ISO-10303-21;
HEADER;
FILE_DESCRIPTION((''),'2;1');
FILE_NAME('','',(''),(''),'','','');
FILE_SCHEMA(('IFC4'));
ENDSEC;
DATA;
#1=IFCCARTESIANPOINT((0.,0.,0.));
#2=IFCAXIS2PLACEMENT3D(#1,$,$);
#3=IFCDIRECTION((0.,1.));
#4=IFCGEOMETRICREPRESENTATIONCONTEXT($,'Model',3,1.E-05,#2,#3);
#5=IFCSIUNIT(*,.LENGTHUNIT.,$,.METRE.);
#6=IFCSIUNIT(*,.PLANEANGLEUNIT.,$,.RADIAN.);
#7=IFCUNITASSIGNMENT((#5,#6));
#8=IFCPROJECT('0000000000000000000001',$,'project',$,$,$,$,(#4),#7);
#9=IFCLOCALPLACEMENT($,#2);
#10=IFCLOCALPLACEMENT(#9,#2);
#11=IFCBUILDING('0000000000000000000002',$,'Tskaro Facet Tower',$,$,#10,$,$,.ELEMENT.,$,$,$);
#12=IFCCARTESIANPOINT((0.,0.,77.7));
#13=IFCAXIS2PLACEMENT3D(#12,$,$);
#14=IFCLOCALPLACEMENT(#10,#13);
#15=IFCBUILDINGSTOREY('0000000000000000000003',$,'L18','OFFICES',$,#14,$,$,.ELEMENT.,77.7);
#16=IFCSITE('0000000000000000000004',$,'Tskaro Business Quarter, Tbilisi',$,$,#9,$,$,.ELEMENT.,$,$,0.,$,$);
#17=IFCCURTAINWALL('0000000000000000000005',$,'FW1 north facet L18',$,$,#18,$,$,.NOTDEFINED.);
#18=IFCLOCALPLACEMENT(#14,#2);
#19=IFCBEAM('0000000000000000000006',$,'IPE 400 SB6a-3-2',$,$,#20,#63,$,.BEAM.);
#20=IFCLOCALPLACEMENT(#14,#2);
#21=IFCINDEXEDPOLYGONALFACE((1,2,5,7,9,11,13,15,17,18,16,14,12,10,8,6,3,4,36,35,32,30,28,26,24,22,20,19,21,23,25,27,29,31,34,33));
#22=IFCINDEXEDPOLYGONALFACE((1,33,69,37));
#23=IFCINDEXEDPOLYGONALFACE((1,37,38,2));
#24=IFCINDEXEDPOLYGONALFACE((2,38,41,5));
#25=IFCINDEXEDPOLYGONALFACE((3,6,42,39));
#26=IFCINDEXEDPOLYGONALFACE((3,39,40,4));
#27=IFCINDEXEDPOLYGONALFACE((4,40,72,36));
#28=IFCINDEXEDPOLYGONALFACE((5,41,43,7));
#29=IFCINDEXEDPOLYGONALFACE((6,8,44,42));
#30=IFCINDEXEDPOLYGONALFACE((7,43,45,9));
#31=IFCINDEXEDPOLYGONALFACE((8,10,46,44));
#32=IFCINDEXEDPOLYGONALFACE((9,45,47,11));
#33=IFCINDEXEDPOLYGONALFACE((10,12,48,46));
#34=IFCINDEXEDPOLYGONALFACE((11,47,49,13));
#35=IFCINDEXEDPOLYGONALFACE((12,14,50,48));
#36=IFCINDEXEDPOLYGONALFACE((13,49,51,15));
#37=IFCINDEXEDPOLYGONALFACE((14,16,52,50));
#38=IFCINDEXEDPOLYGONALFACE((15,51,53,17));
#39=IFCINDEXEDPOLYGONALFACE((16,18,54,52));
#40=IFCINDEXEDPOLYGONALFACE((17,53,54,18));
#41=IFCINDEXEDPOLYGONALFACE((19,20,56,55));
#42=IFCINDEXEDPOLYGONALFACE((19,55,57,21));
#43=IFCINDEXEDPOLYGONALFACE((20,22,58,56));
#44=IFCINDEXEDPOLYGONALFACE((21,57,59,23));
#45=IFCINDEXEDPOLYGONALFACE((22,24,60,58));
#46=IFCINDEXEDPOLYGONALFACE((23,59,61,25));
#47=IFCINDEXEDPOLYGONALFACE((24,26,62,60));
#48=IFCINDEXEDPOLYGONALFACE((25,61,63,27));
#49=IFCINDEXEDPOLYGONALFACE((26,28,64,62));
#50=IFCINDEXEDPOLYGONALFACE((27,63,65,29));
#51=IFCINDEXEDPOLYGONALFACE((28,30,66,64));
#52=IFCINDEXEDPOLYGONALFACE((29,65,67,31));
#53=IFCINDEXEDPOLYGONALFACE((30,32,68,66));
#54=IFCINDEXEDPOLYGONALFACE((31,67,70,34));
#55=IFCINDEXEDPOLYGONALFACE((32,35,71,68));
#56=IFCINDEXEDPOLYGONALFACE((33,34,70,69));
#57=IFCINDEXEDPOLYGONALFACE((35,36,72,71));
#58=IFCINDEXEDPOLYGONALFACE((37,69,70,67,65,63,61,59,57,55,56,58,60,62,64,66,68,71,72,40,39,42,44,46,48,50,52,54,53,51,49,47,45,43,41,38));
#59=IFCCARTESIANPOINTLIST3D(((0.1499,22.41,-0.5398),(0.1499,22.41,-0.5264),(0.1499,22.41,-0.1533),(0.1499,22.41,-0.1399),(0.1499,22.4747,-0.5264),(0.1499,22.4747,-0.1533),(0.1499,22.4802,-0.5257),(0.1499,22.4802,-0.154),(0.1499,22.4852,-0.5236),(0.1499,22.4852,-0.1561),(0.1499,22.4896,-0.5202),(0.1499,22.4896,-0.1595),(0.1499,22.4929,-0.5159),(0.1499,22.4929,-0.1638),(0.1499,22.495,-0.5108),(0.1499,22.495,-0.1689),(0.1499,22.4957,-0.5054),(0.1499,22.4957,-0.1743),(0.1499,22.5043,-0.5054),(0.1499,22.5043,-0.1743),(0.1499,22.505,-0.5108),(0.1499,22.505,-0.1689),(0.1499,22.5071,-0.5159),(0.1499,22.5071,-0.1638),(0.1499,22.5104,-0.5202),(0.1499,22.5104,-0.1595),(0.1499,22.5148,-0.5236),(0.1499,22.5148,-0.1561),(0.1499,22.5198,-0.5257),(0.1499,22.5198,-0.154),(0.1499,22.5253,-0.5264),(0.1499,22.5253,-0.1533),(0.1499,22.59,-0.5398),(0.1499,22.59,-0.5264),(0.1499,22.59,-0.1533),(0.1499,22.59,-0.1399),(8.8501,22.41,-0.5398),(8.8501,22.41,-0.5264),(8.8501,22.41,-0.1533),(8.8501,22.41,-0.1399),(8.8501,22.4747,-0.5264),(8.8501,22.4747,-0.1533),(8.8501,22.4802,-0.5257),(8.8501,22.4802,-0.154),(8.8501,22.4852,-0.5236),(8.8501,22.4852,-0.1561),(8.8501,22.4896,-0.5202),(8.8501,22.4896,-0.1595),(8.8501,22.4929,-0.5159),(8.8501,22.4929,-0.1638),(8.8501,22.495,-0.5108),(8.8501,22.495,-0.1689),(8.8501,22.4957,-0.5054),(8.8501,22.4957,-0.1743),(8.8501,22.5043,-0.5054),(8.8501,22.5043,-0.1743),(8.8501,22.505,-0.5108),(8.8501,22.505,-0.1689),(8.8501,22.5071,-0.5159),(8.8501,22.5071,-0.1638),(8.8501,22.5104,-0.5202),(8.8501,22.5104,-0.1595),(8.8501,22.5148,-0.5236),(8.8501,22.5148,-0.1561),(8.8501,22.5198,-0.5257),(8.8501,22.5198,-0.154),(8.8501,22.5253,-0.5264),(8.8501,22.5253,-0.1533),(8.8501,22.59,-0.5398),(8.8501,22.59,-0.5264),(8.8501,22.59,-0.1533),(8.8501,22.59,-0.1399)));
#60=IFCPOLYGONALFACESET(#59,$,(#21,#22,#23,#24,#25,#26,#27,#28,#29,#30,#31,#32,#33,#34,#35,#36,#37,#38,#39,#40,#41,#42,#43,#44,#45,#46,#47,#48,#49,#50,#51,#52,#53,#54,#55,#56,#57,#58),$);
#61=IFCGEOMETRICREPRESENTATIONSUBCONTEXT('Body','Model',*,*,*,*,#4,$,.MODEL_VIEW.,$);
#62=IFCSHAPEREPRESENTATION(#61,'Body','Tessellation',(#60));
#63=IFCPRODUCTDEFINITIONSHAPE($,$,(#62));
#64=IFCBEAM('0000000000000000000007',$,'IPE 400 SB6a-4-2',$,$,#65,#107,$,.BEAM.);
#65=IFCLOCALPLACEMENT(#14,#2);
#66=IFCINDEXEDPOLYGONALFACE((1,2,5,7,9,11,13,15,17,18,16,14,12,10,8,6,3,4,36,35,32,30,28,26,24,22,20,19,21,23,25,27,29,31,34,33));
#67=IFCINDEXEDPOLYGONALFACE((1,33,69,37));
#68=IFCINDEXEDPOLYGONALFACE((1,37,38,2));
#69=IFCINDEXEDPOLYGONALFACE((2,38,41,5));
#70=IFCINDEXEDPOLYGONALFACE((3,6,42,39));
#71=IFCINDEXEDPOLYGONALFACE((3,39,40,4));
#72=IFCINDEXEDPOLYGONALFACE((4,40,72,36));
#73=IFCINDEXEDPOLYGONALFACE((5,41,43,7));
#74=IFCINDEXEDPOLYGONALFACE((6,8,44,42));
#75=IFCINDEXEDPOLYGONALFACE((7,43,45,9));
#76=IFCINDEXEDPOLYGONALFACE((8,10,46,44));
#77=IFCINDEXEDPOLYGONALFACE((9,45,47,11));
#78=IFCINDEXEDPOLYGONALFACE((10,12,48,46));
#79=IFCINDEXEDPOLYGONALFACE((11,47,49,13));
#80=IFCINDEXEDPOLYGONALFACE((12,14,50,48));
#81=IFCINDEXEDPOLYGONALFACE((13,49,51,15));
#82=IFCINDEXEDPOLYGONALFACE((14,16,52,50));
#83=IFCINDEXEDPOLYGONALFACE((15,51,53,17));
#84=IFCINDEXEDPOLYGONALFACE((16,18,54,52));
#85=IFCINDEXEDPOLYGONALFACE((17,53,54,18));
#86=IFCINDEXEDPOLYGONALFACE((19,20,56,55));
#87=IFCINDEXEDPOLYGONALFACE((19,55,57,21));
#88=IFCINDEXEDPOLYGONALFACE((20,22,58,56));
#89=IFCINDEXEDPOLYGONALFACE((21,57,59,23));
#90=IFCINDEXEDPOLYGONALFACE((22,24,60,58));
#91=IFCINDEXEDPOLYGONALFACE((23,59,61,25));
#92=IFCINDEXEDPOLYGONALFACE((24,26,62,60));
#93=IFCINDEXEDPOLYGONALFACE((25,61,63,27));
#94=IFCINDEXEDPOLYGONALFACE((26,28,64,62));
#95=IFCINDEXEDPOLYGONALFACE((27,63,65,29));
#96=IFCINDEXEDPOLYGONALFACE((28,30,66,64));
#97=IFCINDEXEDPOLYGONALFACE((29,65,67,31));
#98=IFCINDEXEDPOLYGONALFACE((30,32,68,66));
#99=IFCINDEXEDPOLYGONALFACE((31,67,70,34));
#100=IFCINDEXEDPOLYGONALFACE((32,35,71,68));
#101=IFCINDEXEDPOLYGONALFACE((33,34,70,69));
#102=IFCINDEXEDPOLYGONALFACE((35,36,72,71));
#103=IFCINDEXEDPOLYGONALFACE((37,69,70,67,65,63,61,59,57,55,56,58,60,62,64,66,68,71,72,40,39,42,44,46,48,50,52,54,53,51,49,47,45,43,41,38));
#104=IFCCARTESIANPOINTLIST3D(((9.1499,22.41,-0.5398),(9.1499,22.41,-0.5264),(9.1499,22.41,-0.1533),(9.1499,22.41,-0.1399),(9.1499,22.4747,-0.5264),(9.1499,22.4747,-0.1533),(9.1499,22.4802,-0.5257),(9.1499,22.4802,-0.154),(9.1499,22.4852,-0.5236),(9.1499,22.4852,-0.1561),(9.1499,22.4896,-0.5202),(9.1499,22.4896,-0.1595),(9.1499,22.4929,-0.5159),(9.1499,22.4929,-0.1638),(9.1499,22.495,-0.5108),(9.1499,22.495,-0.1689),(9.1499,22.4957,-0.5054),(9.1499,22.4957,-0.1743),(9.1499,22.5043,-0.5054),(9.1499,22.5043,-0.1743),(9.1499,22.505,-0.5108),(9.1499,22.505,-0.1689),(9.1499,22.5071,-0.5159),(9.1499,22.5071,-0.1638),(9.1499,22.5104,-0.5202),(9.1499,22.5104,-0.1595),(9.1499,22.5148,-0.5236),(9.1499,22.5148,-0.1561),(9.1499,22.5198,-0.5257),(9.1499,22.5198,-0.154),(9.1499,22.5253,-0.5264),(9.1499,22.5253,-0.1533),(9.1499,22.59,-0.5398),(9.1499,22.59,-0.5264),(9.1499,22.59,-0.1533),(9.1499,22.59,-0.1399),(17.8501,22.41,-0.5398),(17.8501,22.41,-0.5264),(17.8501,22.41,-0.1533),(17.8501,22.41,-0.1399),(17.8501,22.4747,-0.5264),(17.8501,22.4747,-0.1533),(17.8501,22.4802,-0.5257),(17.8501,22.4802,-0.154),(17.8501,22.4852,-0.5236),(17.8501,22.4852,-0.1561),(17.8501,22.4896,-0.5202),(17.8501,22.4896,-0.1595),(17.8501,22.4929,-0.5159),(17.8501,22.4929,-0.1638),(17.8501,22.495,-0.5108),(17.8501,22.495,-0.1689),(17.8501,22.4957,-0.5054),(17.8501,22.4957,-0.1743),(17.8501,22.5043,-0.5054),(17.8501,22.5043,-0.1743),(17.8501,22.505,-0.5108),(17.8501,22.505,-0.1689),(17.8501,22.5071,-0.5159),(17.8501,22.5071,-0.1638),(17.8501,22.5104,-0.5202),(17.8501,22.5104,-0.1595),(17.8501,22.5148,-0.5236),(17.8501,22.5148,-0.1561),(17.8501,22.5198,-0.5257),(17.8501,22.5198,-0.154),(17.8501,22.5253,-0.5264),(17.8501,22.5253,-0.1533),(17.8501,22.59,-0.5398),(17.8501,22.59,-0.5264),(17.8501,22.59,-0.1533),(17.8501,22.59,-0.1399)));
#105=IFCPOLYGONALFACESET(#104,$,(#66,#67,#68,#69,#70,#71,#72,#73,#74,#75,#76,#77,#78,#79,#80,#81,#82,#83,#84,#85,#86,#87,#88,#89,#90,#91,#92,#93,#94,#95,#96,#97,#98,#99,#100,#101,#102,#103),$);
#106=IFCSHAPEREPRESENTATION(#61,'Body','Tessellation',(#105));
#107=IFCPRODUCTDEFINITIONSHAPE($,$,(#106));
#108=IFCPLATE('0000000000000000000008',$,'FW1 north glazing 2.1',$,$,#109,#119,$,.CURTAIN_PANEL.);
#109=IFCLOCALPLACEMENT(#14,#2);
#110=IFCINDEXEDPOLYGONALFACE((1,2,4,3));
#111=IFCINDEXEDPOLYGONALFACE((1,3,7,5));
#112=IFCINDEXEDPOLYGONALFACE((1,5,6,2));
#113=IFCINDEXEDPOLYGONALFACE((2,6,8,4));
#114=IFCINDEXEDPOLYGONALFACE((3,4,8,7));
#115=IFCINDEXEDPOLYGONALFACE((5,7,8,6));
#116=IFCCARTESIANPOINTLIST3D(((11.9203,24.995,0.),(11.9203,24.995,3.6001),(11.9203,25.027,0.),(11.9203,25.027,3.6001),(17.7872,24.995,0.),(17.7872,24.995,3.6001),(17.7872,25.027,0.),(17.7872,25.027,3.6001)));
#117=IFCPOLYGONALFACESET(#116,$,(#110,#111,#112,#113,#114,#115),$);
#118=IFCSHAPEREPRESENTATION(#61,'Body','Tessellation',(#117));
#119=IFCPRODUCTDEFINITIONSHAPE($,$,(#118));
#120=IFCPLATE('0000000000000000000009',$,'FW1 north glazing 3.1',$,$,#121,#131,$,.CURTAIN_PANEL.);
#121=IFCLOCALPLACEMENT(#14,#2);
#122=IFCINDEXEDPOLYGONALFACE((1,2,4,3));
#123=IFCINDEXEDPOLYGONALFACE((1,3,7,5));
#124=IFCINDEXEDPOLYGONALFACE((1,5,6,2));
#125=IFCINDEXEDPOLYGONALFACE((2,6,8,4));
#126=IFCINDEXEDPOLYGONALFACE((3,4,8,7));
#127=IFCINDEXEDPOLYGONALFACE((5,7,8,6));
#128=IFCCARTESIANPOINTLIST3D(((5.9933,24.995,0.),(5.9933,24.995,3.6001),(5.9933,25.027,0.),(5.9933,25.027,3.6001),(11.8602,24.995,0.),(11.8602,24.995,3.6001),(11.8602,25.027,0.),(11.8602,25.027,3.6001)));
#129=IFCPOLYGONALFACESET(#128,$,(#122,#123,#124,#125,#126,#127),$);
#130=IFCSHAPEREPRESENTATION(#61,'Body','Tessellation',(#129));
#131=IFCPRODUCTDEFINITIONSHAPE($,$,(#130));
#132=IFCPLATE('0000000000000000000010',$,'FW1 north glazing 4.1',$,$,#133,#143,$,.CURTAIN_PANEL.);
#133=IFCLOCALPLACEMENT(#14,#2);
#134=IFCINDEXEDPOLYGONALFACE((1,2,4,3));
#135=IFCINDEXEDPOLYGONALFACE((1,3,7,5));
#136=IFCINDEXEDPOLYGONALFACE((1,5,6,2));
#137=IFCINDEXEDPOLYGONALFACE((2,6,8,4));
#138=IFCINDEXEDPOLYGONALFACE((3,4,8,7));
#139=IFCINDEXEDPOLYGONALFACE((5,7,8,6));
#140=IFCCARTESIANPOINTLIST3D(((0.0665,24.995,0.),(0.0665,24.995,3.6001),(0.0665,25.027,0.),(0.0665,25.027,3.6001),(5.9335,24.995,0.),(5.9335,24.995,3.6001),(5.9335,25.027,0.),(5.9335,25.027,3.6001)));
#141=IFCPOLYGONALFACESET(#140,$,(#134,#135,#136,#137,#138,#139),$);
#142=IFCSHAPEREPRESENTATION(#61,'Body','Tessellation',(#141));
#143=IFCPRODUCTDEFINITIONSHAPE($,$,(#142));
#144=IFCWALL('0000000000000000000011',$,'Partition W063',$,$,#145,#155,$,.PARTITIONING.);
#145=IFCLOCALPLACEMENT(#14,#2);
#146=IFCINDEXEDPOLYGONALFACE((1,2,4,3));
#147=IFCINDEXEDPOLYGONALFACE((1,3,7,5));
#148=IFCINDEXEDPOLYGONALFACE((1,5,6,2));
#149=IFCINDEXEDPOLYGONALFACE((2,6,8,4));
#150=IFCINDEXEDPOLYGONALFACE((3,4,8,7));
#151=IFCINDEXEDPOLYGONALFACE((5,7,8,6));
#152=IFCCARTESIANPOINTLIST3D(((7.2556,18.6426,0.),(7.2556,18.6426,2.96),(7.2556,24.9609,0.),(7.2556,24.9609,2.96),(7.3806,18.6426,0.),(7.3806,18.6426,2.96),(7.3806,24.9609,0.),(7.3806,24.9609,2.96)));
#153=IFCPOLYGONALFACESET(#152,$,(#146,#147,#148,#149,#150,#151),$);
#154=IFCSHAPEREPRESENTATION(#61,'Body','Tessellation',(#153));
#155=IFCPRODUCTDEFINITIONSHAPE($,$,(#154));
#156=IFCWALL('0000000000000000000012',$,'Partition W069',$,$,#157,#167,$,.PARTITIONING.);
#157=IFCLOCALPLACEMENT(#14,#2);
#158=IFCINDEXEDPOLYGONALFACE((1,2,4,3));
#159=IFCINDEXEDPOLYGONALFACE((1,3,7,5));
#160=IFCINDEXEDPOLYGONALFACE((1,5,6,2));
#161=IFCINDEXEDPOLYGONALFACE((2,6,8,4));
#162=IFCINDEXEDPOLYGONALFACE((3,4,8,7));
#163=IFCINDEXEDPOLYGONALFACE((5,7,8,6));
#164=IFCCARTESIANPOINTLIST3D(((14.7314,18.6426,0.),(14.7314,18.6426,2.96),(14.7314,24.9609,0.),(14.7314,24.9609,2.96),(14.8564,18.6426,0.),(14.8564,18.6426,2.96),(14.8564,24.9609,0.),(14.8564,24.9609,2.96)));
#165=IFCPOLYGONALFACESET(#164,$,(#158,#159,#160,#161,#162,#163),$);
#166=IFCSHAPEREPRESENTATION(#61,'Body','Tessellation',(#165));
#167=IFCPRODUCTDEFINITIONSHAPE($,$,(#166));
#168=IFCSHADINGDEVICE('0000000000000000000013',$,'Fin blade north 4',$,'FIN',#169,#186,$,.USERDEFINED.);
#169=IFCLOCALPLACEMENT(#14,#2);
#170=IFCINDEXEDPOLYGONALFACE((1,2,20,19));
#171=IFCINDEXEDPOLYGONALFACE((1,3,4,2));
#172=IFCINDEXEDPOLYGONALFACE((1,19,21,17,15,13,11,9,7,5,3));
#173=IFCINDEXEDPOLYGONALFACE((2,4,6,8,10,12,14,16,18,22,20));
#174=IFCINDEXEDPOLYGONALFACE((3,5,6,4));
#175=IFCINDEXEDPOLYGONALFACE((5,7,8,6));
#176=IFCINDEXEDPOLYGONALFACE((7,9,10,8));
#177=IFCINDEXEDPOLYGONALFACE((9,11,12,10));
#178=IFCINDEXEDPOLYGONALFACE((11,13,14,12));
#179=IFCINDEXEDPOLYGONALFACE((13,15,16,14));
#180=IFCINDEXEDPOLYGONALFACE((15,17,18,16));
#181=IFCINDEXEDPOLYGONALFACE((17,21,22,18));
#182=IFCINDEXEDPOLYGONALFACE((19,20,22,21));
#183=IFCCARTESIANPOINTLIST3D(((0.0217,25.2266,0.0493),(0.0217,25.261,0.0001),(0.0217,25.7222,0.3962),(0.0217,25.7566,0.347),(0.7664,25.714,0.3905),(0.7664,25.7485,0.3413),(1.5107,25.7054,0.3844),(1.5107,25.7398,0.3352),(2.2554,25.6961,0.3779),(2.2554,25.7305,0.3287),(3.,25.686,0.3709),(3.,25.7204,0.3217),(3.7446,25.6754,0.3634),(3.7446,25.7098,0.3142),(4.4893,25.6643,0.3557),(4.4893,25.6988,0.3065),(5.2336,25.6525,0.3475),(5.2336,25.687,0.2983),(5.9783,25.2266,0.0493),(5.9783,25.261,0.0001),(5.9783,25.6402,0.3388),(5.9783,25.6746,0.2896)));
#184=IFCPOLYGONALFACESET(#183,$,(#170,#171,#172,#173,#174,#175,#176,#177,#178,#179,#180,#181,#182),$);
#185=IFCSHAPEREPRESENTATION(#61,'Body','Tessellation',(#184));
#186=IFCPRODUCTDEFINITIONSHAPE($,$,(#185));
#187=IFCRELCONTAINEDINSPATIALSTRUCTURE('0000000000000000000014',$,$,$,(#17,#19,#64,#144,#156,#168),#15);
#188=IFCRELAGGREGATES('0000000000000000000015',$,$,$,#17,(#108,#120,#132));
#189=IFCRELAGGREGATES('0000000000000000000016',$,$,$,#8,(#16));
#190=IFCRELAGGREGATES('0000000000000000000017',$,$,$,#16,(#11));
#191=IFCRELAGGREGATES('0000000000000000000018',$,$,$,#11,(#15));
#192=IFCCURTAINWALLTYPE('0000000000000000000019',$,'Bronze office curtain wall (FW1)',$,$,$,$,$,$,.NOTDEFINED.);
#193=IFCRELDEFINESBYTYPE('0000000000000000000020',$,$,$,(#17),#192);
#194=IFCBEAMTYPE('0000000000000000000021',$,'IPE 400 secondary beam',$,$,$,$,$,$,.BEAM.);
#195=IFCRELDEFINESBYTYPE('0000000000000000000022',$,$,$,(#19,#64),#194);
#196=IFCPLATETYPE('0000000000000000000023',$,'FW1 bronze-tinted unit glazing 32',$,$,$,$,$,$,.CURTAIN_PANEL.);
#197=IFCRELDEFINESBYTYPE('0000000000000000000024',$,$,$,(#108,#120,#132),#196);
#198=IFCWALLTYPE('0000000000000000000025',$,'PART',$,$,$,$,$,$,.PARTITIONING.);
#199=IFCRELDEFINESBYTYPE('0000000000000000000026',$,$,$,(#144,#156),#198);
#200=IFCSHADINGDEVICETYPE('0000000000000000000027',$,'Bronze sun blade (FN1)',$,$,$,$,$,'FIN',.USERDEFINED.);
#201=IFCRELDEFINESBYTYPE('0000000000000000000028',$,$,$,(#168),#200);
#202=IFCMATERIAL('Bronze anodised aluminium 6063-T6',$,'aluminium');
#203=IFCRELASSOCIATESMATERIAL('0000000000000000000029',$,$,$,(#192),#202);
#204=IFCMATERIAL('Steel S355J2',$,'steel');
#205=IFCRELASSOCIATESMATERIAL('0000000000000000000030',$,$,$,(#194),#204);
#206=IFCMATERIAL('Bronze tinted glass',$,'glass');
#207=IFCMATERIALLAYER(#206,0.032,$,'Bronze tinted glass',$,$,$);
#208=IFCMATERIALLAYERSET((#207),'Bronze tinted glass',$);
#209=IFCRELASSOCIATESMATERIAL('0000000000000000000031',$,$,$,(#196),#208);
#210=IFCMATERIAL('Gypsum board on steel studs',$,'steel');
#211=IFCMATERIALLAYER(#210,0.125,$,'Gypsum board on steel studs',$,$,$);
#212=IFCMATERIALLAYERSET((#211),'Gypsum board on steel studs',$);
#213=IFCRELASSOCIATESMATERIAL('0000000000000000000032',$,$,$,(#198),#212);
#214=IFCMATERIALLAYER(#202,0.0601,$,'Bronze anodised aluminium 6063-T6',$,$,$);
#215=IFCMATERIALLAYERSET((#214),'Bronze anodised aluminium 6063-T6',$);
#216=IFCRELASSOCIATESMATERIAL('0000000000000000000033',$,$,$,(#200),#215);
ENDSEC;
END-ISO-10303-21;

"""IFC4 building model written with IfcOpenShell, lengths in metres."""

from ifc_helpers import new_model, si_unit, direction, frame, frame_2d, origin, origin_2d, place, context, subcontext, project, spatial, polyline, rectangle, i_section, outline, extrude, material, layer, layer_set, material_profile, profile_set, type_object, element, aggregate, save


model = new_model("IFC4")

# Units and contexts
model_context = context("Model", 3, precision=1e-05, world=origin(), true_north=direction((0.0, 1.0)))
body_context = subcontext(model_context, "Body", "Model", "MODEL_VIEW")
ifc_project = project(units=[si_unit("LENGTHUNIT", "METRE"), si_unit("PLANEANGLEUNIT", "RADIAN")], contexts=[model_context])

# Site, building, storey
site_placement = place(None, origin())
site = spatial("IfcSite", under=ifc_project, at=site_placement, Name="Tskaro Business Quarter, Tbilisi", CompositionType="ELEMENT", RefElevation=0.0)
building_placement = place(site_placement, origin())
building = spatial("IfcBuilding", under=site, at=building_placement, Name="Tskaro Facet Tower", CompositionType="ELEMENT")
storey_placement = place(building_placement, frame((0.0, 0.0, 77.7)))
storey = spatial("IfcBuildingStorey", under=building, at=storey_placement, Name="L18", Description="OFFICES", CompositionType="ELEMENT", Elevation=77.7)

# Curtain wall
ifc_material_1 = material(Name="Bronze anodised aluminium 6063-T6", Category="aluminium")
curtain_wall_type = type_object("IfcCurtainWallType", Name="Bronze office curtain wall (FW1)", PredefinedType="NOTDEFINED", material=ifc_material_1)
curtain_wall_placement = place(storey_placement, origin())
curtain_wall = element("IfcCurtainWall", 1, at=curtain_wall_placement, inside=storey, type_object=curtain_wall_type, Name="FW1 north facet L18", PredefinedType="NOTDEFINED")

# Beams
ifc_material_2 = material(Name="Steel S355J2", Category="steel")
ifc_material_profile_1 = material_profile(ifc_material_2, i_section(OverallWidth=0.1799, OverallDepth=0.3999, WebThickness=0.0085, FlangeThickness=0.0134, FilletRadius=0.021, at=origin_2d()), Name="IPE 400")
ifc_profile_set_1 = profile_set([ifc_material_profile_1], Name="Steel S355J2")
beam_type_1 = type_object("IfcBeamType", Name="IPE 400 secondary beam", PredefinedType="BEAM", material=ifc_profile_set_1)
for number, where, z_axis, x_axis, name in (
    (2, (0.1499, 22.5, -0.3398), (1.0, 0.0, 0.0), (0.0, 1.0, 0.0), "IPE 400 SB6a-3-2"),
    (3, (9.1499, 22.5, -0.3398), (1.0, 0.0, 0.0), (0.0, 1.0, 0.0), "IPE 400 SB6a-4-2"),
):
    element("IfcBeam", number, at=place(storey_placement, frame(where, z_axis=z_axis, x_axis=x_axis)), inside=storey, type_object=beam_type_1, Name=name, PredefinedType="BEAM", context=body_context, shape_type="SweptSolid", body=[
        extrude(i_section(OverallWidth=0.1799, OverallDepth=0.3999, WebThickness=0.0085, FlangeThickness=0.0134, FilletRadius=0.021, at=origin_2d()), origin(), (0.0, 0.0, 1.0), 8.7002),
    ])

# Plates
ifc_material_3 = material(Name="Bronze tinted glass", Category="glass")
ifc_layer_1 = layer(ifc_material_3, 0.032, Name="Bronze tinted glass")
ifc_layer_set_1 = layer_set([ifc_layer_1], Name="Bronze tinted glass")
plate_type = type_object("IfcPlateType", Name="FW1 bronze-tinted unit glazing 32", PredefinedType="CURTAIN_PANEL", material=ifc_layer_set_1)
plate_1_placement = place(storey_placement, frame((14.8538, 25.011, 0.0), z_axis=(0.0, 0.0, 1.0), x_axis=(-1.0, 0.0, 0.0)))
plate_1 = element("IfcPlate", 4, at=plate_1_placement, type_object=plate_type, Name="FW1 north glazing 2.1", PredefinedType="CURTAIN_PANEL", context=body_context, shape_type="SweptSolid", body=[
    extrude(rectangle(XDim=5.8669, YDim=0.032, at=origin_2d()), origin(), (0.0, 0.0, 1.0), 3.6001),
])
plate_2_placement = place(storey_placement, frame((8.9268, 25.011, 0.0), z_axis=(0.0, 0.0, 1.0), x_axis=(-1.0, 0.0, 0.0)))
plate_2 = element("IfcPlate", 5, at=plate_2_placement, type_object=plate_type, Name="FW1 north glazing 3.1", PredefinedType="CURTAIN_PANEL", context=body_context, shape_type="SweptSolid", body=[
    extrude(rectangle(XDim=5.8669, YDim=0.032, at=origin_2d()), origin(), (0.0, 0.0, 1.0), 3.6001),
])
plate_3_placement = place(storey_placement, frame((3.0, 25.011, 0.0), z_axis=(0.0, 0.0, 1.0), x_axis=(-1.0, 0.0, 0.0)))
plate_3 = element("IfcPlate", 6, at=plate_3_placement, type_object=plate_type, Name="FW1 north glazing 4.1", PredefinedType="CURTAIN_PANEL", context=body_context, shape_type="SweptSolid", body=[
    extrude(rectangle(XDim=5.8669, YDim=0.032, at=origin_2d()), origin(), (0.0, 0.0, 1.0), 3.6001),
])
aggregate(curtain_wall, [plate_1, plate_2, plate_3])

# Walls
ifc_material_4 = material(Name="Gypsum board on steel studs", Category="steel")
ifc_layer_2 = layer(ifc_material_4, 0.125, Name="Gypsum board on steel studs")
ifc_layer_set_2 = layer_set([ifc_layer_2], Name="Gypsum board on steel studs")
wall_type = type_object("IfcWallType", Name="PART", PredefinedType="PARTITIONING", material=ifc_layer_set_2)
for number, where, z_axis, x_axis, name in (
    (7, (7.3181, 18.6426, 0.0), (0.0, 0.0, 1.0), (0.0, 1.0, 0.0), "Partition W063"),
    (8, (14.7939, 18.6426, 0.0), (0.0, 0.0, 1.0), (0.0, 1.0, 0.0), "Partition W069"),
):
    element("IfcWall", number, at=place(storey_placement, frame(where, z_axis=z_axis, x_axis=x_axis)), inside=storey, type_object=wall_type, Name=name, PredefinedType="PARTITIONING", context=body_context, shape_type="SweptSolid", body=[
        extrude(rectangle(XDim=6.3184, YDim=0.125, at=frame_2d((3.1592, 0.0))), origin(), (0.0, 0.0, 1.0), 2.96),
    ])

# Shading device
ifc_layer_3 = layer(ifc_material_1, 0.0601, Name="Bronze anodised aluminium 6063-T6")
ifc_layer_set_3 = layer_set([ifc_layer_3], Name="Bronze anodised aluminium 6063-T6")
shading_device_type = type_object("IfcShadingDeviceType", Name="Bronze sun blade (FN1)", ElementType="FIN", PredefinedType="USERDEFINED", material=ifc_layer_set_3)
shading_device_1_placement = place(storey_placement, frame((5.9783, 25.2266, 0.0493), z_axis=(-0.000002, -0.573418, 0.819263), x_axis=(-1.0, 0.000001, -0.000002)))
element("IfcShadingDevice", 9, at=shading_device_1_placement, inside=storey, type_object=shading_device_type, Name="Fin blade north 4", ObjectType="FIN", PredefinedType="USERDEFINED", context=body_context, shape_type="SweptSolid", body=[
    extrude(outline(polyline([(0.0, 0.0), (5.9565, 0.0), (5.9565, -0.605), (5.2119, -0.595), (4.4675, -0.5844), (3.7229, -0.5731), (2.9783, -0.5608), (2.2336, -0.5478), (1.489, -0.5343), (0.7446, -0.52), (0.0, -0.5049), (0.0, 0.0)])), origin(), (0.0, 0.0, -1.0), 0.0601),
])

save(model, "model.ifc")
